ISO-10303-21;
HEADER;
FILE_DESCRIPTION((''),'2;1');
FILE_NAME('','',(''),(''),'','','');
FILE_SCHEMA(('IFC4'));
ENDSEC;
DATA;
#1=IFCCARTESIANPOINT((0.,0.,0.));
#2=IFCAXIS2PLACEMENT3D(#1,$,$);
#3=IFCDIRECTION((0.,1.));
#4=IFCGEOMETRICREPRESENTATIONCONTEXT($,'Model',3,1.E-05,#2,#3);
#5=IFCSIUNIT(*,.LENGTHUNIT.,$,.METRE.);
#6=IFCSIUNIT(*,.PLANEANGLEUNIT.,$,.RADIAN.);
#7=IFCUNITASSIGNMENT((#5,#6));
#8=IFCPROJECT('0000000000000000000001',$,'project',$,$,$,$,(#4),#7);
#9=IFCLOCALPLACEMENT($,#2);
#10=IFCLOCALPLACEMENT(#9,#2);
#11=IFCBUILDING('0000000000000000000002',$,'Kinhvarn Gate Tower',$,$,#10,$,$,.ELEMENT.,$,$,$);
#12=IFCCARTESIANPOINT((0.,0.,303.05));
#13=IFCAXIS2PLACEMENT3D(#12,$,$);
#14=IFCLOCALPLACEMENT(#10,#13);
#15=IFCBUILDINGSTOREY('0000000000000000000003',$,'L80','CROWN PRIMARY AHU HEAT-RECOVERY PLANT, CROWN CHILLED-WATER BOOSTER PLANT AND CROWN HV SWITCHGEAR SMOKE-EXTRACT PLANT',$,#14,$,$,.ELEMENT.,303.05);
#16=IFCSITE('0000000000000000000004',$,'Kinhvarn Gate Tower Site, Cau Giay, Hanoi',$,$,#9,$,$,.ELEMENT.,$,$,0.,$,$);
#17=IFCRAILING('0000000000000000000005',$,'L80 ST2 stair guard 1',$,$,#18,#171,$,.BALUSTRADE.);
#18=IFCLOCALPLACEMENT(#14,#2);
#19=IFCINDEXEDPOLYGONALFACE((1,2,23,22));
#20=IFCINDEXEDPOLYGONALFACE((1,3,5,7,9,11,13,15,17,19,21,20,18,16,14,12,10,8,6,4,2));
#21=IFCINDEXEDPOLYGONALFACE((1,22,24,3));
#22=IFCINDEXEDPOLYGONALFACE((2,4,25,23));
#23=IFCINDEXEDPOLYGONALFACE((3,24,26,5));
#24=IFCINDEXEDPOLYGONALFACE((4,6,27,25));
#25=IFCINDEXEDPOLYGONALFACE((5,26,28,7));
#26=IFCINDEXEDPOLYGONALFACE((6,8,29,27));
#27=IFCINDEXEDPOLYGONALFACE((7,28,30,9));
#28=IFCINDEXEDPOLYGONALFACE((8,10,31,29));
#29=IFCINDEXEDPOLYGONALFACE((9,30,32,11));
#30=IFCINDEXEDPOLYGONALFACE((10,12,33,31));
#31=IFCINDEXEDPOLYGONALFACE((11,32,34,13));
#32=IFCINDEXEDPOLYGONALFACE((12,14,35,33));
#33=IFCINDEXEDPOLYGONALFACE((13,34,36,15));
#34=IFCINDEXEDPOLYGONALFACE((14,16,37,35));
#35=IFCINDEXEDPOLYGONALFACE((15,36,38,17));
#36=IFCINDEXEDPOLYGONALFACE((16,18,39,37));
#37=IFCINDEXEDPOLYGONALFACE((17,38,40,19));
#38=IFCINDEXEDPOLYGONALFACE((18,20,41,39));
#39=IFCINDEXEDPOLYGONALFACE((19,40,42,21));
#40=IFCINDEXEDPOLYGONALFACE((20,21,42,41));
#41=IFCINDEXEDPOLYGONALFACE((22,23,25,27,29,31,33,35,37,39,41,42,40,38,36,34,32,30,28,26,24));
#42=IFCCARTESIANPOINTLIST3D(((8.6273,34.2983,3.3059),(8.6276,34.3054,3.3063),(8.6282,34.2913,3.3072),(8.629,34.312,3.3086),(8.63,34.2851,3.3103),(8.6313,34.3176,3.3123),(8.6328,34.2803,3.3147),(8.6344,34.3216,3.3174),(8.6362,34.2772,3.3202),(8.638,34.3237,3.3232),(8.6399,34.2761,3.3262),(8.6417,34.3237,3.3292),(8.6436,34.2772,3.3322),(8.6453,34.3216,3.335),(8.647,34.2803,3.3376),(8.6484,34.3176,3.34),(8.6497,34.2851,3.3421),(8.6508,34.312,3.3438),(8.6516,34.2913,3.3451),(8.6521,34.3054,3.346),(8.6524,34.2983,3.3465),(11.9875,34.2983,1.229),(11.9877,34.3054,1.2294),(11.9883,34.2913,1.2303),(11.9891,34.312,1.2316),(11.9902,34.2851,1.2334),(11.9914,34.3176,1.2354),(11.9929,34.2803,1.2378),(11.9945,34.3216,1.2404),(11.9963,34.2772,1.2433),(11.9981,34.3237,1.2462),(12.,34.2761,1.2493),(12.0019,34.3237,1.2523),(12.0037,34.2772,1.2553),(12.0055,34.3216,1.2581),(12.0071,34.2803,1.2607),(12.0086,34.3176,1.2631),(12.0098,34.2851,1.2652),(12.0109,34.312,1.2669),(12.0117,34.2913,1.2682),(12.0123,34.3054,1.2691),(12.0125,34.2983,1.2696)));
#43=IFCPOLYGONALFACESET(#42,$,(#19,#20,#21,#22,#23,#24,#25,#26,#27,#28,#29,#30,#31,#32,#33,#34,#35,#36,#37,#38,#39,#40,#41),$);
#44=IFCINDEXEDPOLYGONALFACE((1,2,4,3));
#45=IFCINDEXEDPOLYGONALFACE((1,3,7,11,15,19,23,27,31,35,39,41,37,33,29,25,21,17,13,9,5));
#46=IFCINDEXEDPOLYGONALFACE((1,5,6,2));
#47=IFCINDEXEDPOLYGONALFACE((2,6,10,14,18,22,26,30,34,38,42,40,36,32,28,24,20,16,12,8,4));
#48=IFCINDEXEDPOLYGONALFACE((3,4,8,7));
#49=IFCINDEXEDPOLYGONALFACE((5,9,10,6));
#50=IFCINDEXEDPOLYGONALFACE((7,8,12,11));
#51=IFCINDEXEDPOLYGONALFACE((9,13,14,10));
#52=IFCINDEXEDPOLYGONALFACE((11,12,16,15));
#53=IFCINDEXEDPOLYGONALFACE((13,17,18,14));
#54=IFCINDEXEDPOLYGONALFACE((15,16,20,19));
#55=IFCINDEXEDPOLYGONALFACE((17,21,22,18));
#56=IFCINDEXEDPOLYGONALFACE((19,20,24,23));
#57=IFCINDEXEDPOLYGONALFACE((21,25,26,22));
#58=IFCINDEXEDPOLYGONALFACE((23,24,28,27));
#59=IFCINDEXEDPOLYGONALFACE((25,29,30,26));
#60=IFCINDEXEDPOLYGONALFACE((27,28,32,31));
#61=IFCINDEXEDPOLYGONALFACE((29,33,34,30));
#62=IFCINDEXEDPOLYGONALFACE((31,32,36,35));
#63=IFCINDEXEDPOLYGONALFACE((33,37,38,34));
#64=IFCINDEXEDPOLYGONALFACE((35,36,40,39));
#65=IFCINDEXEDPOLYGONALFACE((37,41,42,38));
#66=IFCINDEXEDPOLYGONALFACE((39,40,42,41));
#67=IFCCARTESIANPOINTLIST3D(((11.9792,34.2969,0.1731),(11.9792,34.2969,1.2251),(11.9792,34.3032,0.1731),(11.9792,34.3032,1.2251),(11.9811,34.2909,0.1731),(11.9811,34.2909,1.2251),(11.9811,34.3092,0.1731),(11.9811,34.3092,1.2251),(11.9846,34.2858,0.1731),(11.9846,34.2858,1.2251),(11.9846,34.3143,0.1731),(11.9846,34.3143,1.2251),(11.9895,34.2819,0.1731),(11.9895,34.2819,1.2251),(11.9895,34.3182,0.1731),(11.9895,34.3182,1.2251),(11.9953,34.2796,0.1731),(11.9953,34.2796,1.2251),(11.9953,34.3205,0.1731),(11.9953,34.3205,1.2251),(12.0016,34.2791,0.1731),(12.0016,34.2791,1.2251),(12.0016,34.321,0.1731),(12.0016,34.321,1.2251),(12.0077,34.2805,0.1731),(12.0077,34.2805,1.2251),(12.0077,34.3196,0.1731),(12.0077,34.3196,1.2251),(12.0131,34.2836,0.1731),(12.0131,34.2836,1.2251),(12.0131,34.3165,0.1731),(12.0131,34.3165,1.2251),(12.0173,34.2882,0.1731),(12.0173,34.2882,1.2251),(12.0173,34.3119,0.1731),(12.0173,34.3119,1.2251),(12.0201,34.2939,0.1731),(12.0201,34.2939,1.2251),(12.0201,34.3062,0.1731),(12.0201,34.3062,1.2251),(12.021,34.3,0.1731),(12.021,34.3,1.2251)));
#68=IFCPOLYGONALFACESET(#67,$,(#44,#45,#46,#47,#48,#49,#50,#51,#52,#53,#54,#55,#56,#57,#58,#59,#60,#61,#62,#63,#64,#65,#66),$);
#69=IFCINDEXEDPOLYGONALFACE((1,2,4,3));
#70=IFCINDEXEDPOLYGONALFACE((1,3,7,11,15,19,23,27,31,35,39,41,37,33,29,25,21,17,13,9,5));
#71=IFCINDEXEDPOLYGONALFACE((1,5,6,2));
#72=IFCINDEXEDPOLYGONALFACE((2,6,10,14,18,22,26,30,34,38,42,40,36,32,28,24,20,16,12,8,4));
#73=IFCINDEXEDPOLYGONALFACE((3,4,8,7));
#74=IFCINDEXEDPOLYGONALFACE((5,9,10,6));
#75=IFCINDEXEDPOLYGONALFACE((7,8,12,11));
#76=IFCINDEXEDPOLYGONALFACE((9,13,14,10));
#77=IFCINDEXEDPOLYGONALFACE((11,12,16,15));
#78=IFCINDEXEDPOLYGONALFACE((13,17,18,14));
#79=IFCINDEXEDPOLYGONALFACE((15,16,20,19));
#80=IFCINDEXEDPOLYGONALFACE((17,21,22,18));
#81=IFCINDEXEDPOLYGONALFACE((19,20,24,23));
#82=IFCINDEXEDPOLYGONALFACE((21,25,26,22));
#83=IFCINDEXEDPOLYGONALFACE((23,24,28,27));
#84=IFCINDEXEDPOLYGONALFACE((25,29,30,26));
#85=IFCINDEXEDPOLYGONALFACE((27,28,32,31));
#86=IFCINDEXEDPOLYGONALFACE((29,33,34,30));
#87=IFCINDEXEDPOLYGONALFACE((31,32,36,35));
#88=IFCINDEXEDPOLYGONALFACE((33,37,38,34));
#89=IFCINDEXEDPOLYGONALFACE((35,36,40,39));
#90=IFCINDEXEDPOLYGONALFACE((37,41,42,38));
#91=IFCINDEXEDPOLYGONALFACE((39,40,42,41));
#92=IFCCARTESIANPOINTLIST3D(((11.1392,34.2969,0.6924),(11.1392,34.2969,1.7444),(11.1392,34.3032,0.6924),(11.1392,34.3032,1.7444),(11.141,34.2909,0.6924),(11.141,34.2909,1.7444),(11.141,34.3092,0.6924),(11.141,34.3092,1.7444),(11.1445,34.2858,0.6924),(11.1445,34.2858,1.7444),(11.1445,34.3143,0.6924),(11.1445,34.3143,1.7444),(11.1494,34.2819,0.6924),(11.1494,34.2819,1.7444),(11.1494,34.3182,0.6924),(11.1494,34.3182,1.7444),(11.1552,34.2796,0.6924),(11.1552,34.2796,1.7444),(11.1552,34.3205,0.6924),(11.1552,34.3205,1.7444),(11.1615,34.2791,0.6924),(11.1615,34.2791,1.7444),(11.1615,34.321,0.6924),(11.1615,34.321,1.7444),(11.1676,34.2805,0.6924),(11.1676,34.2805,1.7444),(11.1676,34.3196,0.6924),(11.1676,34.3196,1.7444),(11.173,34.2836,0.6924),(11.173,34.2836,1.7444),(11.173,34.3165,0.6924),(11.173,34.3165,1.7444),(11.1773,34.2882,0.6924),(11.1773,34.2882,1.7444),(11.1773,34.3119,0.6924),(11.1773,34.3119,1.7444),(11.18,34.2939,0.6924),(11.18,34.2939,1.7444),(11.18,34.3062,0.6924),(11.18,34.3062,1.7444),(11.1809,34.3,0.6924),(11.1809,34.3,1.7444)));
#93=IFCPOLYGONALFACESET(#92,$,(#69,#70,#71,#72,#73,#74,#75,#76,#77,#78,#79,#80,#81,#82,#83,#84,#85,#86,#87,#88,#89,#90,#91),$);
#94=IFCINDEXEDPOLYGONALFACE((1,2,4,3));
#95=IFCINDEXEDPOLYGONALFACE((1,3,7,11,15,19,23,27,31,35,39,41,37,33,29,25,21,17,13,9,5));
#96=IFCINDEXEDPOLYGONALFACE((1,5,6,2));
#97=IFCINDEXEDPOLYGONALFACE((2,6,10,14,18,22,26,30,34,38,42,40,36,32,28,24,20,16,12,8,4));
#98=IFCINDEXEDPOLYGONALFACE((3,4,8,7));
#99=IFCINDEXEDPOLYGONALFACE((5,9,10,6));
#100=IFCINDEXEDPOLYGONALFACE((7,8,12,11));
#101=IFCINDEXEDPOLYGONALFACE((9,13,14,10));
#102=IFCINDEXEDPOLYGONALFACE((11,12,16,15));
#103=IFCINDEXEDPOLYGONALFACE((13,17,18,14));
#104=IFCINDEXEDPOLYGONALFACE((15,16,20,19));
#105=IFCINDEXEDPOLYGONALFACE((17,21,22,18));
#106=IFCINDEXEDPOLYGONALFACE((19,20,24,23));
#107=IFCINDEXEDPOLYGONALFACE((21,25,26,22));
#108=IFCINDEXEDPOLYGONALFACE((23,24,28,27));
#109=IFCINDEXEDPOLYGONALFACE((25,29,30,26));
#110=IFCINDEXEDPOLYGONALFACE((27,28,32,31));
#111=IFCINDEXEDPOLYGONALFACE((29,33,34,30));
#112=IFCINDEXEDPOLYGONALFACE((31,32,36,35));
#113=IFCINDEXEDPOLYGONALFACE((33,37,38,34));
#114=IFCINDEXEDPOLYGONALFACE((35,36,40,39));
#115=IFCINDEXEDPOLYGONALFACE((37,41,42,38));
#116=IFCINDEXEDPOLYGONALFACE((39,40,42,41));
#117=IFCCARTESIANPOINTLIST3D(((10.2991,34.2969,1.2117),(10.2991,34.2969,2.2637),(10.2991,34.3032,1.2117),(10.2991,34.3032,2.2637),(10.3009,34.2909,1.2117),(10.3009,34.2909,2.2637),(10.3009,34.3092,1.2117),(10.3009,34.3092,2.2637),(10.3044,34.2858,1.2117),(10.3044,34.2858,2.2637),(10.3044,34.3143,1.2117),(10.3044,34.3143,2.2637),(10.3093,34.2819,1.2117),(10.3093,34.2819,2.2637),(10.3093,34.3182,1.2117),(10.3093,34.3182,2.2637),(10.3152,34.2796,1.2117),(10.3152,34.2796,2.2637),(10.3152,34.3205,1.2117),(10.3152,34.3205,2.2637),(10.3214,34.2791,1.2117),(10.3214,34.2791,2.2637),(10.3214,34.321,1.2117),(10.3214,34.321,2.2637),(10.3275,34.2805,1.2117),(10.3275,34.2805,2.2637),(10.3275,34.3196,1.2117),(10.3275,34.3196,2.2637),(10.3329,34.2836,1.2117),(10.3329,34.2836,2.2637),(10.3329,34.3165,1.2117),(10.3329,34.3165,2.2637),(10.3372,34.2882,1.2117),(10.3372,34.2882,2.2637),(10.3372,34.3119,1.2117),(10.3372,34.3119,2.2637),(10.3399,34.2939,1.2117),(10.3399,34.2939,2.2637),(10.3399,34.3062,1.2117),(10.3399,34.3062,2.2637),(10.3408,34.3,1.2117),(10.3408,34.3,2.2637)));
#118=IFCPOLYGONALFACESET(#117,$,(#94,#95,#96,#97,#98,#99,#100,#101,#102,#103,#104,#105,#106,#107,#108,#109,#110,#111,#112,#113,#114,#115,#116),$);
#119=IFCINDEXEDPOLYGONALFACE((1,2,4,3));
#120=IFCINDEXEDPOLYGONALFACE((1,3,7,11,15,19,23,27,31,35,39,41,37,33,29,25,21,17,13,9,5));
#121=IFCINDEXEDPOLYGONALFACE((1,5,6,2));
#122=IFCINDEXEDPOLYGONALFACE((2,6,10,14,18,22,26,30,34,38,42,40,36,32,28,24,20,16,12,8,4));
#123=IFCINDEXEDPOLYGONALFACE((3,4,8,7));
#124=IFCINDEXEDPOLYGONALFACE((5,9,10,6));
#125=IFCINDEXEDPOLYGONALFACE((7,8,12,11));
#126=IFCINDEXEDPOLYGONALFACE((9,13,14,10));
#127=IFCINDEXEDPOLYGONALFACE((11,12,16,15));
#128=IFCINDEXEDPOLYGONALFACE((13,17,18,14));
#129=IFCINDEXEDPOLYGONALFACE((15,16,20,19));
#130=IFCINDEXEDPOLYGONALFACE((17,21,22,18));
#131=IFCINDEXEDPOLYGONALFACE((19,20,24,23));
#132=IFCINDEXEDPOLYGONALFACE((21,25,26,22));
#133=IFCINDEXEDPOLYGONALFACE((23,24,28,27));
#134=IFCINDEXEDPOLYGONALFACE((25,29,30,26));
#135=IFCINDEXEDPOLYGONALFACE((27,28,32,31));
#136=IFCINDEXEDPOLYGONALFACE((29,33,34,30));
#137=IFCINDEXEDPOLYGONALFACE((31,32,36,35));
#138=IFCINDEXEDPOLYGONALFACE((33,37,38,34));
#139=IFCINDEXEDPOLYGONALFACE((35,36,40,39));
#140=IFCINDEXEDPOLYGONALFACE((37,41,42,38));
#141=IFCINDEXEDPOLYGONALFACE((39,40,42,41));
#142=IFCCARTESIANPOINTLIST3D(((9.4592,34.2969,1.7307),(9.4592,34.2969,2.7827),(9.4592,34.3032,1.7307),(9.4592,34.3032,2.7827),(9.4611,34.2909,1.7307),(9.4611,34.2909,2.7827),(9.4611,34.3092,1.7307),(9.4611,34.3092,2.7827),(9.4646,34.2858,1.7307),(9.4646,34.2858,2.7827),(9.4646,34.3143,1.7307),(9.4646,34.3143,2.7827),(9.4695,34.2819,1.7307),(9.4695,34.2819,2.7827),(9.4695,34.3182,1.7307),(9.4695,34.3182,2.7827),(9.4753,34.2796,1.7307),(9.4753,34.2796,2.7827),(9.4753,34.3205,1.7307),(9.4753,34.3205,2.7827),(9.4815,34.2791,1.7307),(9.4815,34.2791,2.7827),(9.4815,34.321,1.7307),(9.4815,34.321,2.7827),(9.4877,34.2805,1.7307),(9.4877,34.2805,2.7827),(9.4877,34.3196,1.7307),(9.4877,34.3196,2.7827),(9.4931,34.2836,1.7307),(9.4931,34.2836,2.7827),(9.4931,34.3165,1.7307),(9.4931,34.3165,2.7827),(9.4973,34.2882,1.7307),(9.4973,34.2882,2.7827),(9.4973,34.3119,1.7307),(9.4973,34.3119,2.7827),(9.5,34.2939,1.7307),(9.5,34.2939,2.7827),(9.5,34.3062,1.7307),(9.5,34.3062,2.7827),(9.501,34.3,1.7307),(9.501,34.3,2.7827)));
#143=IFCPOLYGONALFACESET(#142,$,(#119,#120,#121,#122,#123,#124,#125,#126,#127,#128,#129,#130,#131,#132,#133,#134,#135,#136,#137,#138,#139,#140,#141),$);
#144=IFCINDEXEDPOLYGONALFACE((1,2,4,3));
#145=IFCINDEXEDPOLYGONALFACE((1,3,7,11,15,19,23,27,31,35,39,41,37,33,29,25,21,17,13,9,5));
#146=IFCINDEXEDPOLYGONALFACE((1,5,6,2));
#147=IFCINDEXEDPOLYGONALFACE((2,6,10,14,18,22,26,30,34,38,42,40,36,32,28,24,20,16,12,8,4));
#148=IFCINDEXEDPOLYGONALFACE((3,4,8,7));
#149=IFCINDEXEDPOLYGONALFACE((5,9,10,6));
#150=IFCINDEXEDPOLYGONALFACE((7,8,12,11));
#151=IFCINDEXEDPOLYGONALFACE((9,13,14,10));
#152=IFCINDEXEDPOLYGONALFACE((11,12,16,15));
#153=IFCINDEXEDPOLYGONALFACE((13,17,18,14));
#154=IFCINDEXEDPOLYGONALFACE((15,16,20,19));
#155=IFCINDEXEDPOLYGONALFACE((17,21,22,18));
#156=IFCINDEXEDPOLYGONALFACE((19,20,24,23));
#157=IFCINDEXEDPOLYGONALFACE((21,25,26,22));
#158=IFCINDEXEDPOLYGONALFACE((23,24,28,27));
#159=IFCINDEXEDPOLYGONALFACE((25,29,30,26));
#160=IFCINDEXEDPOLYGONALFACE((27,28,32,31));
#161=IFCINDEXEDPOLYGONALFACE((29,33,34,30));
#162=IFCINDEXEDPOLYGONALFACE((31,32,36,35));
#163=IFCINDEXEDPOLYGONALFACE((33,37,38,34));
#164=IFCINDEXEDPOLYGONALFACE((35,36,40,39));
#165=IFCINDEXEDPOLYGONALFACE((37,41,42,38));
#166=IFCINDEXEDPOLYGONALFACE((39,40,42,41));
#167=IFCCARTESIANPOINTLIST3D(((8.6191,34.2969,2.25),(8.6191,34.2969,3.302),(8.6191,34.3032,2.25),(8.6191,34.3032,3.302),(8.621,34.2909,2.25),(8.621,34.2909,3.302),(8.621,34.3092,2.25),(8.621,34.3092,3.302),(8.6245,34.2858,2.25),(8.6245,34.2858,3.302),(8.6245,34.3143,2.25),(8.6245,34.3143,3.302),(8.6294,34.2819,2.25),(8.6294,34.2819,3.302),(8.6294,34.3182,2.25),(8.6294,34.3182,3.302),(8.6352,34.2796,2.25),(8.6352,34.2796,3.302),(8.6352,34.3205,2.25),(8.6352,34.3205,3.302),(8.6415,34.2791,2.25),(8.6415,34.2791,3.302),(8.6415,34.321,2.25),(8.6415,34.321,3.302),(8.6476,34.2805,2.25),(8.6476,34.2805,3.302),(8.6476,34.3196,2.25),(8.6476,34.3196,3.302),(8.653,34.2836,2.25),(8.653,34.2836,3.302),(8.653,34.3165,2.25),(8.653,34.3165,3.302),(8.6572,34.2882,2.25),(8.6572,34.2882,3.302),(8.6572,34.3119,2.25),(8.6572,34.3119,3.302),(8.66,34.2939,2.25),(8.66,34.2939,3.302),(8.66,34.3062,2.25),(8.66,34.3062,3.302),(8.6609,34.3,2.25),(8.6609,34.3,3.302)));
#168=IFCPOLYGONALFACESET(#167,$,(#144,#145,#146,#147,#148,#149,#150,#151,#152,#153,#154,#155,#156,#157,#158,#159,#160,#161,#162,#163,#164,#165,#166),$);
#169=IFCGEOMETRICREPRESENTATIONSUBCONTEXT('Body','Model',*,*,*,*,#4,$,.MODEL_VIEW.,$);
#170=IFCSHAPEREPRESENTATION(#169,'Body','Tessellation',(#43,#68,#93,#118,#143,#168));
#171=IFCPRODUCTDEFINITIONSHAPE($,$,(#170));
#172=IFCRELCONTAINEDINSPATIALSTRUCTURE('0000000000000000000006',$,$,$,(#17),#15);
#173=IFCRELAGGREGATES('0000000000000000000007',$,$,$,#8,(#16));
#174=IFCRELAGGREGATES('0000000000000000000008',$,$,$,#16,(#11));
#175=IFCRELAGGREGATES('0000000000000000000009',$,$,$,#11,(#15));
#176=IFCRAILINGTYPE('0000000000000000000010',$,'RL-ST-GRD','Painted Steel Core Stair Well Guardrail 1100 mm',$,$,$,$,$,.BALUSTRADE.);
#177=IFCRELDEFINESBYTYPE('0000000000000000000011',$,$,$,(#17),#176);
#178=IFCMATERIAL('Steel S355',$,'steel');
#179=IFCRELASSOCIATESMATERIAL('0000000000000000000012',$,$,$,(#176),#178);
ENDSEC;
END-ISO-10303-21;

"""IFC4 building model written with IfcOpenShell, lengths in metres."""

from ifc_helpers import new_model, si_unit, direction, frame, origin, origin_2d, place, context, subcontext, project, spatial, circle, extrude, material, type_object, element, save


model = new_model("IFC4")

# Units and contexts
model_context = context("Model", 3, precision=1e-05, world=origin(), true_north=direction((0.0, 1.0)))
body_context = subcontext(model_context, "Body", "Model", "MODEL_VIEW")
ifc_project = project(units=[si_unit("LENGTHUNIT", "METRE"), si_unit("PLANEANGLEUNIT", "RADIAN")], contexts=[model_context])

# Site, building, storey
site_placement = place(None, origin())
site = spatial("IfcSite", under=ifc_project, at=site_placement, Name="Kinhvarn Gate Tower Site, Cau Giay, Hanoi", CompositionType="ELEMENT", RefElevation=0.0)
building_placement = place(site_placement, origin())
building = spatial("IfcBuilding", under=site, at=building_placement, Name="Kinhvarn Gate Tower", CompositionType="ELEMENT")
storey_placement = place(building_placement, frame((0.0, 0.0, 303.05)))
storey = spatial("IfcBuildingStorey", under=building, at=storey_placement, Name="L80", Description="CROWN PRIMARY AHU HEAT-RECOVERY PLANT, CROWN CHILLED-WATER BOOSTER PLANT AND CROWN HV SWITCHGEAR SMOKE-EXTRACT PLANT", CompositionType="ELEMENT", Elevation=303.05)

# Shared definitions
ifc_material_1 = material(Name="Steel S355", Category="steel")

# Railing
railing_type_1 = type_object("IfcRailingType", Name="RL-ST-GRD", Description="Painted Steel Core Stair Well Guardrail 1100 mm", PredefinedType="BALUSTRADE", material=ifc_material_1)
railing_1_placement = place(storey_placement, frame((12.0, 34.3, 0.1731)))
element("IfcRailing", 1, at=railing_1_placement, inside=storey, type_object=railing_type_1, Name="L80 ST2 stair guard 1", PredefinedType="BALUSTRADE", context=body_context, shape_type="SweptSolid", body=[
    extrude(circle(Radius=0.0239, at=origin_2d()), frame((0.0, 0.0, 1.0762), z_axis=(-0.850623, 0.0, 0.525776), x_axis=(0.0, -1.0, 0.0)), (0.0, 0.0, 1.0), 3.9502),
    extrude(circle(Radius=0.021, at=origin_2d()), origin(), (0.0, 0.0, 1.0), 1.052),
    extrude(circle(Radius=0.021, at=origin_2d()), frame((-0.8401, 0.0, 0.5193)), (0.0, 0.0, 1.0), 1.052),
    extrude(circle(Radius=0.021, at=origin_2d()), frame((-1.6802, 0.0, 1.0386)), (0.0, 0.0, 1.0), 1.052),
    extrude(circle(Radius=0.021, at=origin_2d()), frame((-2.52, 0.0, 1.5576)), (0.0, 0.0, 1.0), 1.052),
    extrude(circle(Radius=0.021, at=origin_2d()), frame((-3.3601, 0.0, 2.0769)), (0.0, 0.0, 1.0), 1.052),
])

save(model, "model.ifc")
